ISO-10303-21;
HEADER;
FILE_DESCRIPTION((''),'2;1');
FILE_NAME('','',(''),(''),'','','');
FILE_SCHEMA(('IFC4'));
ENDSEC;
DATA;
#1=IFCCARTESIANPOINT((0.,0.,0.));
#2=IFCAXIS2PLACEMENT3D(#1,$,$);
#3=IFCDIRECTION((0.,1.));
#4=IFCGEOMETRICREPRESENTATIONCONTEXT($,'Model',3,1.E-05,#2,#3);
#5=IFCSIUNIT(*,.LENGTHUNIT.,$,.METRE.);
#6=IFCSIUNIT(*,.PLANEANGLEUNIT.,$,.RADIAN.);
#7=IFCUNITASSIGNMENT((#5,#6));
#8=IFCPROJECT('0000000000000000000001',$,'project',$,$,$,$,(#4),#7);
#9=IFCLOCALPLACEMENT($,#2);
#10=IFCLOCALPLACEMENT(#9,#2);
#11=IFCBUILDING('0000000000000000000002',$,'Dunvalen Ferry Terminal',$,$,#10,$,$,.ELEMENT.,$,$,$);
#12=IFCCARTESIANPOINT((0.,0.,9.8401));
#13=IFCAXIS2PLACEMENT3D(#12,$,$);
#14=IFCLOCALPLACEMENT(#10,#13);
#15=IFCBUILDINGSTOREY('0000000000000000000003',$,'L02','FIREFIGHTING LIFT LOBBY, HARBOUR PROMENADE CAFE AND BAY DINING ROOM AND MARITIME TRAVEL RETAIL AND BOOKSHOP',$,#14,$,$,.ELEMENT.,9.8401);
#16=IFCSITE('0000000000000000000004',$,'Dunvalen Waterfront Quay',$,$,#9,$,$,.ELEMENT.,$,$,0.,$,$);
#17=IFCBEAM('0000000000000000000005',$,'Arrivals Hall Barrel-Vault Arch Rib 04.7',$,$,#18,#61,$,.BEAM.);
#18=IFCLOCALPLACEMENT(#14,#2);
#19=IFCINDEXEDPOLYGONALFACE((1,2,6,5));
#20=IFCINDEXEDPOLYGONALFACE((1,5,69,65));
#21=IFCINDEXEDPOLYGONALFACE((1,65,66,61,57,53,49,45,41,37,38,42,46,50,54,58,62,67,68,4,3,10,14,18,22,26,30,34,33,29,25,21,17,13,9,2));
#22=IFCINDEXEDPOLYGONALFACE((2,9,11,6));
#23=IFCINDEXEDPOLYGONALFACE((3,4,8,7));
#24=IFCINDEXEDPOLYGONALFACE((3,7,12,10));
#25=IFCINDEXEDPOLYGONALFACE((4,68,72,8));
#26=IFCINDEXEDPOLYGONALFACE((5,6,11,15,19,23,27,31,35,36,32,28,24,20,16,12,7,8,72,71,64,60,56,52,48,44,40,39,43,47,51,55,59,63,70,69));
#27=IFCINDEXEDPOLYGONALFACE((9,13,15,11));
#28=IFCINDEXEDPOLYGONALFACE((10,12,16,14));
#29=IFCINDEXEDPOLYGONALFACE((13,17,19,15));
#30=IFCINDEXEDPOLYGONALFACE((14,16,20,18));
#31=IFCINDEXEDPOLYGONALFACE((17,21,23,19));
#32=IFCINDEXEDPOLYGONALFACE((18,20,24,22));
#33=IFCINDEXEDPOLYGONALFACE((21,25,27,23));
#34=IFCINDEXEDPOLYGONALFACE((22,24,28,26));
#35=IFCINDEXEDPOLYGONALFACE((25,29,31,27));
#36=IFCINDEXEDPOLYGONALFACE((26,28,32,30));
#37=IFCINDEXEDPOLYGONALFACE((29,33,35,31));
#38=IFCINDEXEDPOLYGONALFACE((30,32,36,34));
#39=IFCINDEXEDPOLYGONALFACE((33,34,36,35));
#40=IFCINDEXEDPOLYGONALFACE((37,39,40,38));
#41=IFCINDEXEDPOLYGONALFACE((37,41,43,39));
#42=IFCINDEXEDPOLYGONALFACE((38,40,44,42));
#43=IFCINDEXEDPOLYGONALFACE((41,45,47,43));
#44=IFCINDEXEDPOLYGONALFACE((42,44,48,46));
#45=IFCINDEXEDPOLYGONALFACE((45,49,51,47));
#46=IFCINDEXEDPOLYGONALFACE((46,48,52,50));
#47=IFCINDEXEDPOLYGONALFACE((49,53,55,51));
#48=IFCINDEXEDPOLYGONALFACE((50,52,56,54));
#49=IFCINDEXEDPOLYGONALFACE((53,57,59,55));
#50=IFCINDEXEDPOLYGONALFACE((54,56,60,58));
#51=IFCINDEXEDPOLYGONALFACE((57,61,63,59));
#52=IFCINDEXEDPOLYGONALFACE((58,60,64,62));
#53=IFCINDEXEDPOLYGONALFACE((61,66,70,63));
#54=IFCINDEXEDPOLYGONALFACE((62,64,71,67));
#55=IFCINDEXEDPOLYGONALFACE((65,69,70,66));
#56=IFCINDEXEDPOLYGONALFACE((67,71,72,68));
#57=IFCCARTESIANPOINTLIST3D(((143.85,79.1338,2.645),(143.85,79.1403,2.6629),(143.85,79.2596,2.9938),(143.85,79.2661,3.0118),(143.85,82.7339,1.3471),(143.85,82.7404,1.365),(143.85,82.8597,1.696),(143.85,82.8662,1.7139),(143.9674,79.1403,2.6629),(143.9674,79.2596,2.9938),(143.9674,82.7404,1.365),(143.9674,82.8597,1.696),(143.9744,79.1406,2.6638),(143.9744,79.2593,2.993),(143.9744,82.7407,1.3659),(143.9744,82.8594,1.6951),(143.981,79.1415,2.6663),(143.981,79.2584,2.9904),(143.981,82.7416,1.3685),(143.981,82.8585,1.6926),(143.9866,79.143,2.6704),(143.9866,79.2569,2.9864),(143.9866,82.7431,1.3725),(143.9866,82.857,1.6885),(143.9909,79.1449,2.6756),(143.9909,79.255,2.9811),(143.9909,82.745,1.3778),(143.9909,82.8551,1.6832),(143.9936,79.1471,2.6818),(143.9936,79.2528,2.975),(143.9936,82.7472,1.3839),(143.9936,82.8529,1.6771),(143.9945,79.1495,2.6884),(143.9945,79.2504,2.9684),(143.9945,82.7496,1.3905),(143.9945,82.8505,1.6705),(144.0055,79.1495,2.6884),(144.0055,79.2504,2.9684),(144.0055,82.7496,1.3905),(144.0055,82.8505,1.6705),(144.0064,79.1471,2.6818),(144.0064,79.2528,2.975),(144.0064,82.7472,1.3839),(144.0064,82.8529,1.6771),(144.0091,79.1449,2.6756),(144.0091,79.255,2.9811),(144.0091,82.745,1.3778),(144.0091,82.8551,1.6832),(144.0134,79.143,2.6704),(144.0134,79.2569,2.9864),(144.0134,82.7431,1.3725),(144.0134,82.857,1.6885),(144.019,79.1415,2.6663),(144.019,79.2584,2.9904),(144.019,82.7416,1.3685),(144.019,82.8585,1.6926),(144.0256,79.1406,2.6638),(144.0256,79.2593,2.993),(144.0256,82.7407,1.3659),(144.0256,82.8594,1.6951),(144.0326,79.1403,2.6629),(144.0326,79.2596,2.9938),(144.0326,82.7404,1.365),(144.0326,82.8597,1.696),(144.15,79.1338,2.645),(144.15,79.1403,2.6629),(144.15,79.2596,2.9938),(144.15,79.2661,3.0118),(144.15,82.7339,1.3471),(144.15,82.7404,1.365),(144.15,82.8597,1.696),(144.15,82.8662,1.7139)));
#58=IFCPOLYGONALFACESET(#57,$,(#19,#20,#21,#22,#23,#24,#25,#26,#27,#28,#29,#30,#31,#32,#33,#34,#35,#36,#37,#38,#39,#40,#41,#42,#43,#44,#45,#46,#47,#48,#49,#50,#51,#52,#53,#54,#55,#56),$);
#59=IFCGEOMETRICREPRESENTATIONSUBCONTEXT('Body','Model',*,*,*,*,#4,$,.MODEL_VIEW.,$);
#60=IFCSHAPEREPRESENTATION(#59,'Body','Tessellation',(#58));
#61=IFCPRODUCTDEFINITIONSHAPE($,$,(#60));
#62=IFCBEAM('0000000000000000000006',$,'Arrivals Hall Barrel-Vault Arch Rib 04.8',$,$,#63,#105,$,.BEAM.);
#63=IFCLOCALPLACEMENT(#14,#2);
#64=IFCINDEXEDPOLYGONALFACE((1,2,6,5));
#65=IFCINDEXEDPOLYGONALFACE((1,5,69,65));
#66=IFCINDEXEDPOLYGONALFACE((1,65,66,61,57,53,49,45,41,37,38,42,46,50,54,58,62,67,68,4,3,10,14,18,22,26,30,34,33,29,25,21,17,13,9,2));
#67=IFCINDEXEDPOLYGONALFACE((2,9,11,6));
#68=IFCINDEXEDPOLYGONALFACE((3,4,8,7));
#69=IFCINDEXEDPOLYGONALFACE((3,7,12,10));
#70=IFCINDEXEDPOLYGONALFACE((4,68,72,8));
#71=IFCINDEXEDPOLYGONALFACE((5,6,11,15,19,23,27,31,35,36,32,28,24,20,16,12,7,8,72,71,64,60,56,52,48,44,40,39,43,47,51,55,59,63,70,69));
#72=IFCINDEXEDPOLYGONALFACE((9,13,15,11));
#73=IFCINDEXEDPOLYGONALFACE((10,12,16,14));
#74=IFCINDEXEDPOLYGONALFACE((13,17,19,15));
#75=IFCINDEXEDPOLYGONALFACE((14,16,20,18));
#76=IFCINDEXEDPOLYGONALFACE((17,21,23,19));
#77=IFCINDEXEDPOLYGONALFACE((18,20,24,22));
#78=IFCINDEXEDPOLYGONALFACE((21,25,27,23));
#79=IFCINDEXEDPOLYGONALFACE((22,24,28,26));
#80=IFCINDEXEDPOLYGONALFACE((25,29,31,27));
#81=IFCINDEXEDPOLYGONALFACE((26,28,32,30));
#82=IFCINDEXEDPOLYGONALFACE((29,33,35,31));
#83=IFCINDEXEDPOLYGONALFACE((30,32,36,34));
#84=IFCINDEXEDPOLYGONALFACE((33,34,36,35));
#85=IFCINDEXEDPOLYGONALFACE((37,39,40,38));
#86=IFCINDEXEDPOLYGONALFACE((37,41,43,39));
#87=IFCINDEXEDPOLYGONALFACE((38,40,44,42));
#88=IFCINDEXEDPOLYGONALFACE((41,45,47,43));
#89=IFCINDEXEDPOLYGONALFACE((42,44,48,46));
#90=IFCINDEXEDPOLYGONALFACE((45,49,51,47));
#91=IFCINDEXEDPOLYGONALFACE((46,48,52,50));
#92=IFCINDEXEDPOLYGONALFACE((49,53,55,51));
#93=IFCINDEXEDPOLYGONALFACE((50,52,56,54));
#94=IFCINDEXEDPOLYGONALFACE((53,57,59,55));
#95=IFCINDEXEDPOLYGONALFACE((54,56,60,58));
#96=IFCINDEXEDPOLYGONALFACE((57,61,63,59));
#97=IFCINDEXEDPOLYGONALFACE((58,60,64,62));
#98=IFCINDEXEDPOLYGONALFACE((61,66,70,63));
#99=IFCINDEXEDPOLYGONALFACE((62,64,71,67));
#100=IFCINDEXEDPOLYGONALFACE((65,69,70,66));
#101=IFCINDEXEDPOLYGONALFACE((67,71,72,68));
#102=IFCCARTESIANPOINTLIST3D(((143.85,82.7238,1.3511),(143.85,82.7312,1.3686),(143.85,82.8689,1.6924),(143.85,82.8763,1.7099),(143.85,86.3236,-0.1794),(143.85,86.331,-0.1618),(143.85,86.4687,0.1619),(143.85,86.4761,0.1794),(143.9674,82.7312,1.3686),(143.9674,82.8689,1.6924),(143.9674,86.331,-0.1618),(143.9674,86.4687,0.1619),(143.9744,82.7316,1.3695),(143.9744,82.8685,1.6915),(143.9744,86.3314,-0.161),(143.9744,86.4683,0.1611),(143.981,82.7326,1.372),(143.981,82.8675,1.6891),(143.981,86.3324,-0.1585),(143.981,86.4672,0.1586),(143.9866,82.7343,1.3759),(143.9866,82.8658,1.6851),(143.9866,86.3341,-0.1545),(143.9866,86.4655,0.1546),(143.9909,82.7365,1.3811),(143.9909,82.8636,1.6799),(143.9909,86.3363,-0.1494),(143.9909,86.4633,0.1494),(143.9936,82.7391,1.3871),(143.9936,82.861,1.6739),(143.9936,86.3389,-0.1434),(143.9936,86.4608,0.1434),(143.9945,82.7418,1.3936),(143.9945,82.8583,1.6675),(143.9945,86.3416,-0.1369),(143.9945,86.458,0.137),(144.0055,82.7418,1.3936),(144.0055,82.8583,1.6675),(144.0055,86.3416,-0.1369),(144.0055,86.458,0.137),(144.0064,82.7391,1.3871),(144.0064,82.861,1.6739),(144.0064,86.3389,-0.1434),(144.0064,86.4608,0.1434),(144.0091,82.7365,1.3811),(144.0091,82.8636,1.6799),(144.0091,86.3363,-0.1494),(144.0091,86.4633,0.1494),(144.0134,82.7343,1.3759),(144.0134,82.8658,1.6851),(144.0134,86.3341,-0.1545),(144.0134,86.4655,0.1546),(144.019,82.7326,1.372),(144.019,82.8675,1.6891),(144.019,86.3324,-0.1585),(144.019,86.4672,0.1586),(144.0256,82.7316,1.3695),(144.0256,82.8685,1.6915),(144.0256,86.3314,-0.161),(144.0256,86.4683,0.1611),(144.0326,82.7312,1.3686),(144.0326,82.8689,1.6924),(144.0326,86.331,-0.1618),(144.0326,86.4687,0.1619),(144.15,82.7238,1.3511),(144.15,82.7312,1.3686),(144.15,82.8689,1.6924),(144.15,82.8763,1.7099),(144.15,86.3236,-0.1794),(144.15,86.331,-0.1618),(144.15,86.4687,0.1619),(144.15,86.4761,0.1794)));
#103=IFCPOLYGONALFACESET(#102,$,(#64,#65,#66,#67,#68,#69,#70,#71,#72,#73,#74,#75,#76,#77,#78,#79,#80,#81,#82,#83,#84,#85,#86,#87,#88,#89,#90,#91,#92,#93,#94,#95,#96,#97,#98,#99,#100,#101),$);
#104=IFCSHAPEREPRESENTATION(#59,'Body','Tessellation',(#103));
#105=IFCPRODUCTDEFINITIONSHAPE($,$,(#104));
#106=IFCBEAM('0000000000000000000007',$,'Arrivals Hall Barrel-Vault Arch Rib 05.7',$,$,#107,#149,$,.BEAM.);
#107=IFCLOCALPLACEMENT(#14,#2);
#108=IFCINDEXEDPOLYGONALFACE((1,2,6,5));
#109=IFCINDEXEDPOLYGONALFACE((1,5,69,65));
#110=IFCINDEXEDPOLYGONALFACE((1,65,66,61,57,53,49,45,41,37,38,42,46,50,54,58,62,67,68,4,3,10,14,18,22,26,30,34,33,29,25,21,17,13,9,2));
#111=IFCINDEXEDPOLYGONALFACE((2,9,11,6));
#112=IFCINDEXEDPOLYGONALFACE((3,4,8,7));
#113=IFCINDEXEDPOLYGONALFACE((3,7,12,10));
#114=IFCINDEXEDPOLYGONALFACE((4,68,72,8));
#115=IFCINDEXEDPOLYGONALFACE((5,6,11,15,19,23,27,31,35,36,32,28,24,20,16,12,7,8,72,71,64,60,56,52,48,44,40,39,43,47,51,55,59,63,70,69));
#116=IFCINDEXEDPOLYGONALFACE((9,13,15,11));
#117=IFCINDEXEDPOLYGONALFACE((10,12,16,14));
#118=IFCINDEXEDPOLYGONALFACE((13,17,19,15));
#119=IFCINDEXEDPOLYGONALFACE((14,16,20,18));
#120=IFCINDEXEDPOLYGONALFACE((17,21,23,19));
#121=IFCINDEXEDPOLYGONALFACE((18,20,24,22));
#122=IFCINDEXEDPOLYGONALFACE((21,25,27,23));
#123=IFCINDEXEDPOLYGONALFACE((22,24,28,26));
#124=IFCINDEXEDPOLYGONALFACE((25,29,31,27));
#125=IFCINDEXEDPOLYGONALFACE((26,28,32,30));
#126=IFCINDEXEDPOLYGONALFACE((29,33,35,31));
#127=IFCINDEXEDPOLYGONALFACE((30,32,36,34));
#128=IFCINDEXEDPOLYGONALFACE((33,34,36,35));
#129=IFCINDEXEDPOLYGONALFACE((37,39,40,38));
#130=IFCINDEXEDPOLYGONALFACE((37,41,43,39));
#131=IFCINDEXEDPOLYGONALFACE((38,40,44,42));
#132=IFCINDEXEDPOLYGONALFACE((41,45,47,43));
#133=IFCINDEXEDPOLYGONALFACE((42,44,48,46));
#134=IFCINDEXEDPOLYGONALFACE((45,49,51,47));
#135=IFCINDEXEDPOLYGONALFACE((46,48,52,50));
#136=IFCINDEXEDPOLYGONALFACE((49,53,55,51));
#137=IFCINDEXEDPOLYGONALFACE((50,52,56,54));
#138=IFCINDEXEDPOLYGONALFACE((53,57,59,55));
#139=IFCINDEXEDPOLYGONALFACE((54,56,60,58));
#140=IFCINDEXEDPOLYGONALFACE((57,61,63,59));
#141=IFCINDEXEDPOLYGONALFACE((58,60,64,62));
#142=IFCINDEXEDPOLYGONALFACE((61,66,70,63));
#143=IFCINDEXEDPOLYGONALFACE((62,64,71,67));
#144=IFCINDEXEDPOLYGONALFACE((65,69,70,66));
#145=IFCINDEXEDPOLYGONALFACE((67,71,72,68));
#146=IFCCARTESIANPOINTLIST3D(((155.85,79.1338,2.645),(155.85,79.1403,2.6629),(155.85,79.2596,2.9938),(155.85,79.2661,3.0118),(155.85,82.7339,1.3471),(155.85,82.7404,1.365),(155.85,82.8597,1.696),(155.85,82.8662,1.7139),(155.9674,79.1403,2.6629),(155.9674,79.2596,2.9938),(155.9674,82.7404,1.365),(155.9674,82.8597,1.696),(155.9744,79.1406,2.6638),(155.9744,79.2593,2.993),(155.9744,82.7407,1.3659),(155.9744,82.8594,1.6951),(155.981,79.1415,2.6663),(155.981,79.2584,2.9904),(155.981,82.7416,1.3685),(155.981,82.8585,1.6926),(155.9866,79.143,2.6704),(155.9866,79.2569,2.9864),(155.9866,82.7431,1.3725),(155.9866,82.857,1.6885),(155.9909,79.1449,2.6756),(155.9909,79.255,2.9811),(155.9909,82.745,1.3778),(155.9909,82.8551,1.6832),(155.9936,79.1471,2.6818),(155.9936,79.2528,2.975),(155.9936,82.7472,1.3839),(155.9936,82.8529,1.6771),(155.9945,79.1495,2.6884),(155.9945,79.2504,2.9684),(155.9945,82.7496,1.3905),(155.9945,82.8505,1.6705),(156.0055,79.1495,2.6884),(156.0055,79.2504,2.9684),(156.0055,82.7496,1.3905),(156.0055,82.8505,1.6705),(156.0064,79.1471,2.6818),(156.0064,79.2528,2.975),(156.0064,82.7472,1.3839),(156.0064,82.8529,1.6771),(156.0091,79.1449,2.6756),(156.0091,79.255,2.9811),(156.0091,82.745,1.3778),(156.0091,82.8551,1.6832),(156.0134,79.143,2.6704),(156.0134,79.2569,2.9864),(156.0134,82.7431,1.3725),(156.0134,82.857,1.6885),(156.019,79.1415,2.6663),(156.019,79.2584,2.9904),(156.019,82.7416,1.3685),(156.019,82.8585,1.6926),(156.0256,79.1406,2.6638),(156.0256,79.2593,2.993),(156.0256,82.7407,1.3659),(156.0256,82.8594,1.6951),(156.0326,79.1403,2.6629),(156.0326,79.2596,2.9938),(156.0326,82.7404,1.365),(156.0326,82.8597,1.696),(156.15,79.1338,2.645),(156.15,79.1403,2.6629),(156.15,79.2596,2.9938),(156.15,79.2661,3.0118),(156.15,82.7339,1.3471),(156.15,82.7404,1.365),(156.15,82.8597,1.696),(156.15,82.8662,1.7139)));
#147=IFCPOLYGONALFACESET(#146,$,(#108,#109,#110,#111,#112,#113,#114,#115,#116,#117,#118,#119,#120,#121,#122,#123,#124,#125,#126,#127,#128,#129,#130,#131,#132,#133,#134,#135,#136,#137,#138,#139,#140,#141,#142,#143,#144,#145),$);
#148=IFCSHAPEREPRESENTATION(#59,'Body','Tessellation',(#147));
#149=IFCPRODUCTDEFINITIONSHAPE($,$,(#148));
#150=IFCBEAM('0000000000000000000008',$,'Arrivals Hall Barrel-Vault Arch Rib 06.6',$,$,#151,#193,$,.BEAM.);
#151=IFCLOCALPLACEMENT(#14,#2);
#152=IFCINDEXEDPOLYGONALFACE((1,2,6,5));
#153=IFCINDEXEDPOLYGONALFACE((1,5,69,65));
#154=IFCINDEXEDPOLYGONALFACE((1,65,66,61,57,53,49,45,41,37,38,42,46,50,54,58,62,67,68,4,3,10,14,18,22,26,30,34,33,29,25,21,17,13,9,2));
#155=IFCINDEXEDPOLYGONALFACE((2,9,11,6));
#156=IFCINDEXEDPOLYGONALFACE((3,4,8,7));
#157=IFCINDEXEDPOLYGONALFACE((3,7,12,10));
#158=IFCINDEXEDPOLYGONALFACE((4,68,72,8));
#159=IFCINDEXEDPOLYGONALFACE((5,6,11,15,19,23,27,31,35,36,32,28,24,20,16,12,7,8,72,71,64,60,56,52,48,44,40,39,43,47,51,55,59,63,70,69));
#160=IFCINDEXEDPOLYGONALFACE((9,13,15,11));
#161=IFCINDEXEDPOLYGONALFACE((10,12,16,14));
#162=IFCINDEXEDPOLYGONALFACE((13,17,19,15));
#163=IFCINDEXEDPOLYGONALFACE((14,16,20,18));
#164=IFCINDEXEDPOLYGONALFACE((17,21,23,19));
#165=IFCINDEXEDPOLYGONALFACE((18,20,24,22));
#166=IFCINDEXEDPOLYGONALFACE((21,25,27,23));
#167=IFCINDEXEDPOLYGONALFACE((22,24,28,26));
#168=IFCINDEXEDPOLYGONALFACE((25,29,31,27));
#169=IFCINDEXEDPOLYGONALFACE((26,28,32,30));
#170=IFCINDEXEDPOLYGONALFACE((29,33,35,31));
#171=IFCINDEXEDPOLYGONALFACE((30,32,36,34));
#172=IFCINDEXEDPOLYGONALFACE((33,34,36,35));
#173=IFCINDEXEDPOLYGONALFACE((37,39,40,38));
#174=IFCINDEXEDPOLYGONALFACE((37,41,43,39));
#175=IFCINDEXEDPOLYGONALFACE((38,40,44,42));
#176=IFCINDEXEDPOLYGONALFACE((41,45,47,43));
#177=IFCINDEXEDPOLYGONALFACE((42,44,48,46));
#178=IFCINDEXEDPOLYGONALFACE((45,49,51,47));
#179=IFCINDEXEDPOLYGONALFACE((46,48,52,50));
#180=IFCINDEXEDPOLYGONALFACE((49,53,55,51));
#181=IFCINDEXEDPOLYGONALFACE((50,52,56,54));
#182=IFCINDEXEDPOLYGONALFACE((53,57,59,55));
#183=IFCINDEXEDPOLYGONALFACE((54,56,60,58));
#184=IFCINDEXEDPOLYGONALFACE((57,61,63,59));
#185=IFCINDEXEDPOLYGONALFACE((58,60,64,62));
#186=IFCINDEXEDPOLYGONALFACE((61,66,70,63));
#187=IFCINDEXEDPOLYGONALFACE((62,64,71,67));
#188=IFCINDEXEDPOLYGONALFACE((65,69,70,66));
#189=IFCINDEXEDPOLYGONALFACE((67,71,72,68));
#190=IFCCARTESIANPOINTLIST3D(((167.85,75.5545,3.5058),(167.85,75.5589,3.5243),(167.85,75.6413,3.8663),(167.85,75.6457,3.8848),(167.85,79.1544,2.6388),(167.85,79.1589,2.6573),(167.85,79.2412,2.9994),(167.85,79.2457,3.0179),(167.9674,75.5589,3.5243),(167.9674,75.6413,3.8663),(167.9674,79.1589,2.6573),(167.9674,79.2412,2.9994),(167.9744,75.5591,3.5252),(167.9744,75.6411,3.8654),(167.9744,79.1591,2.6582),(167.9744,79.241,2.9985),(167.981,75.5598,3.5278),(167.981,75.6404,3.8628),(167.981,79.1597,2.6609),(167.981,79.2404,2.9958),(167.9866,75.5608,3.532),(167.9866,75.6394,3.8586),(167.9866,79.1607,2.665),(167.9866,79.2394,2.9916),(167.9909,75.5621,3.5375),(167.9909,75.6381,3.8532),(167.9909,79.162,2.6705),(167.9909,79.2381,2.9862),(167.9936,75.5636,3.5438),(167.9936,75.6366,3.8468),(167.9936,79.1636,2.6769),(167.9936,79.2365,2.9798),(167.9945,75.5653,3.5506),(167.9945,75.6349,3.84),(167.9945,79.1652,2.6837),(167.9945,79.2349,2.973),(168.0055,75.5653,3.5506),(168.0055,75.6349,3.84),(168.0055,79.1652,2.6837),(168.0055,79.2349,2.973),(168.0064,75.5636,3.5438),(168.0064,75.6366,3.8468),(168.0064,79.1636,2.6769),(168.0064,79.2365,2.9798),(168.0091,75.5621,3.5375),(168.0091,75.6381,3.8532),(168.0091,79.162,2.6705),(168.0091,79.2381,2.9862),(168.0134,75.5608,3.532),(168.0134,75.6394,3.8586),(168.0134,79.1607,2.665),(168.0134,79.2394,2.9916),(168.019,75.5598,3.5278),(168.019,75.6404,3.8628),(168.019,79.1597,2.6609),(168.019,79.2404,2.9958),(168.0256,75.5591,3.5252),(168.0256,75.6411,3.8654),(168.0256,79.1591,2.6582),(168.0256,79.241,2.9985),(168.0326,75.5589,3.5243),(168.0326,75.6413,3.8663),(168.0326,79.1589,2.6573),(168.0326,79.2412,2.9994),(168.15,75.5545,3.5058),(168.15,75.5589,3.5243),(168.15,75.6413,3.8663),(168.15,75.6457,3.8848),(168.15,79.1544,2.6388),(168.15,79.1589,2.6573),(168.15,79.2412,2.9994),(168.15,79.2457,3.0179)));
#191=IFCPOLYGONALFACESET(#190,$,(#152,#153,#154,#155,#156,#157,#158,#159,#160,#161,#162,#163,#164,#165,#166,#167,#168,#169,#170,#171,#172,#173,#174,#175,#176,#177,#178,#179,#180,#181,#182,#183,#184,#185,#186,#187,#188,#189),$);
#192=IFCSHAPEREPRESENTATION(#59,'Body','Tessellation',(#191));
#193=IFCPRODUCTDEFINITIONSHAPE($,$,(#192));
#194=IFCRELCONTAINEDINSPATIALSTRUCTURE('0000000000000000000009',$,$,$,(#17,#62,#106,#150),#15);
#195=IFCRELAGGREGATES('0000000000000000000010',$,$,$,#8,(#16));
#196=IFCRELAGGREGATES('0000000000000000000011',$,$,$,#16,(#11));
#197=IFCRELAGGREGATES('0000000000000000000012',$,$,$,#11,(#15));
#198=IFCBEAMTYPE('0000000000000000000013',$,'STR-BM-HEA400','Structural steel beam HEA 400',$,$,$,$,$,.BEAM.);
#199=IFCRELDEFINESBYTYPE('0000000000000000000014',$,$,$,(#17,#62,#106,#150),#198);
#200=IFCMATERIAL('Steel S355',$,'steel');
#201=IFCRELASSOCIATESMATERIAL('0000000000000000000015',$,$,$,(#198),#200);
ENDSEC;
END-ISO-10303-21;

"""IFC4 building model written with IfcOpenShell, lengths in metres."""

from ifc_helpers import new_model, si_unit, direction, frame, origin, origin_2d, place, context, subcontext, project, spatial, i_section, extrude, material, material_profile, profile_set, type_object, element, save


model = new_model("IFC4")

# Units and contexts
model_context = context("Model", 3, precision=1e-05, world=origin(), true_north=direction((0.0, 1.0)))
body_context = subcontext(model_context, "Body", "Model", "MODEL_VIEW")
ifc_project = project(units=[si_unit("LENGTHUNIT", "METRE"), si_unit("PLANEANGLEUNIT", "RADIAN")], contexts=[model_context])

# Site, building, storey
site_placement = place(None, origin())
site = spatial("IfcSite", under=ifc_project, at=site_placement, Name="Dunvalen Waterfront Quay", CompositionType="ELEMENT", RefElevation=0.0)
building_placement = place(site_placement, origin())
building = spatial("IfcBuilding", under=site, at=building_placement, Name="Dunvalen Ferry Terminal", CompositionType="ELEMENT")
storey_placement = place(building_placement, frame((0.0, 0.0, 9.8401)))
storey = spatial("IfcBuildingStorey", under=building, at=storey_placement, Name="L02", Description="FIREFIGHTING LIFT LOBBY, HARBOUR PROMENADE CAFE AND BAY DINING ROOM AND MARITIME TRAVEL RETAIL AND BOOKSHOP", CompositionType="ELEMENT", Elevation=9.8401)

# Beams
ifc_material_1 = material(Name="Steel S355", Category="steel")
ifc_material_profile_1 = material_profile(ifc_material_1, i_section(OverallWidth=0.3, OverallDepth=0.3899, WebThickness=0.011, FlangeThickness=0.019, FilletRadius=0.0271, at=origin_2d()), Name="Steel S355")
ifc_profile_set_1 = profile_set([ifc_material_profile_1], Name="Steel S355")
beam_type = type_object("IfcBeamType", Name="STR-BM-HEA400", Description="Structural steel beam HEA 400", PredefinedType="BEAM", material=ifc_profile_set_1)
beam_1_placement = place(storey_placement, frame((144.0, 79.2, 2.8284), z_axis=(0.0, 0.940736, -0.33914), x_axis=(-1.0, 0.0, 0.0)))
element("IfcBeam", 1, at=beam_1_placement, inside=storey, type_object=beam_type, Name="Arrivals Hall Barrel-Vault Arch Rib 04.7", PredefinedType="BEAM", context=body_context, shape_type="SweptSolid", body=[
    extrude(i_section(OverallWidth=0.3, OverallDepth=0.3899, WebThickness=0.011, FlangeThickness=0.019, FilletRadius=0.0271, at=origin_2d()), origin(), (0.0, 0.0, 1.0), 3.8269),
])
beam_2_placement = place(storey_placement, frame((144.0, 82.8, 1.5305), z_axis=(0.0, 0.920278, -0.391266), x_axis=(-1.0, 0.0, 0.0)))
element("IfcBeam", 2, at=beam_2_placement, inside=storey, type_object=beam_type, Name="Arrivals Hall Barrel-Vault Arch Rib 04.8", PredefinedType="BEAM", context=body_context, shape_type="SweptSolid", body=[
    extrude(i_section(OverallWidth=0.3, OverallDepth=0.3899, WebThickness=0.011, FlangeThickness=0.019, FilletRadius=0.0271, at=origin_2d()), origin(), (0.0, 0.0, 1.0), 3.9116),
])
beam_3_placement = place(storey_placement, frame((156.0, 79.2, 2.8284), z_axis=(0.0, 0.940736, -0.33914), x_axis=(-1.0, 0.0, 0.0)))
element("IfcBeam", 3, at=beam_3_placement, inside=storey, type_object=beam_type, Name="Arrivals Hall Barrel-Vault Arch Rib 05.7", PredefinedType="BEAM", context=body_context, shape_type="SweptSolid", body=[
    extrude(i_section(OverallWidth=0.3, OverallDepth=0.3899, WebThickness=0.011, FlangeThickness=0.019, FilletRadius=0.0271, at=origin_2d()), origin(), (0.0, 0.0, 1.0), 3.8269),
])
beam_4_placement = place(storey_placement, frame((168.0, 75.6001, 3.6953), z_axis=(0.0, 0.972204, -0.234133), x_axis=(-1.0, 0.0, 0.0)))
element("IfcBeam", 4, at=beam_4_placement, inside=storey, type_object=beam_type, Name="Arrivals Hall Barrel-Vault Arch Rib 06.6", PredefinedType="BEAM", context=body_context, shape_type="SweptSolid", body=[
    extrude(i_section(OverallWidth=0.3, OverallDepth=0.3899, WebThickness=0.011, FlangeThickness=0.019, FilletRadius=0.0271, at=origin_2d()), origin(), (0.0, 0.0, 1.0), 3.7029),
])

save(model, "model.ifc")
